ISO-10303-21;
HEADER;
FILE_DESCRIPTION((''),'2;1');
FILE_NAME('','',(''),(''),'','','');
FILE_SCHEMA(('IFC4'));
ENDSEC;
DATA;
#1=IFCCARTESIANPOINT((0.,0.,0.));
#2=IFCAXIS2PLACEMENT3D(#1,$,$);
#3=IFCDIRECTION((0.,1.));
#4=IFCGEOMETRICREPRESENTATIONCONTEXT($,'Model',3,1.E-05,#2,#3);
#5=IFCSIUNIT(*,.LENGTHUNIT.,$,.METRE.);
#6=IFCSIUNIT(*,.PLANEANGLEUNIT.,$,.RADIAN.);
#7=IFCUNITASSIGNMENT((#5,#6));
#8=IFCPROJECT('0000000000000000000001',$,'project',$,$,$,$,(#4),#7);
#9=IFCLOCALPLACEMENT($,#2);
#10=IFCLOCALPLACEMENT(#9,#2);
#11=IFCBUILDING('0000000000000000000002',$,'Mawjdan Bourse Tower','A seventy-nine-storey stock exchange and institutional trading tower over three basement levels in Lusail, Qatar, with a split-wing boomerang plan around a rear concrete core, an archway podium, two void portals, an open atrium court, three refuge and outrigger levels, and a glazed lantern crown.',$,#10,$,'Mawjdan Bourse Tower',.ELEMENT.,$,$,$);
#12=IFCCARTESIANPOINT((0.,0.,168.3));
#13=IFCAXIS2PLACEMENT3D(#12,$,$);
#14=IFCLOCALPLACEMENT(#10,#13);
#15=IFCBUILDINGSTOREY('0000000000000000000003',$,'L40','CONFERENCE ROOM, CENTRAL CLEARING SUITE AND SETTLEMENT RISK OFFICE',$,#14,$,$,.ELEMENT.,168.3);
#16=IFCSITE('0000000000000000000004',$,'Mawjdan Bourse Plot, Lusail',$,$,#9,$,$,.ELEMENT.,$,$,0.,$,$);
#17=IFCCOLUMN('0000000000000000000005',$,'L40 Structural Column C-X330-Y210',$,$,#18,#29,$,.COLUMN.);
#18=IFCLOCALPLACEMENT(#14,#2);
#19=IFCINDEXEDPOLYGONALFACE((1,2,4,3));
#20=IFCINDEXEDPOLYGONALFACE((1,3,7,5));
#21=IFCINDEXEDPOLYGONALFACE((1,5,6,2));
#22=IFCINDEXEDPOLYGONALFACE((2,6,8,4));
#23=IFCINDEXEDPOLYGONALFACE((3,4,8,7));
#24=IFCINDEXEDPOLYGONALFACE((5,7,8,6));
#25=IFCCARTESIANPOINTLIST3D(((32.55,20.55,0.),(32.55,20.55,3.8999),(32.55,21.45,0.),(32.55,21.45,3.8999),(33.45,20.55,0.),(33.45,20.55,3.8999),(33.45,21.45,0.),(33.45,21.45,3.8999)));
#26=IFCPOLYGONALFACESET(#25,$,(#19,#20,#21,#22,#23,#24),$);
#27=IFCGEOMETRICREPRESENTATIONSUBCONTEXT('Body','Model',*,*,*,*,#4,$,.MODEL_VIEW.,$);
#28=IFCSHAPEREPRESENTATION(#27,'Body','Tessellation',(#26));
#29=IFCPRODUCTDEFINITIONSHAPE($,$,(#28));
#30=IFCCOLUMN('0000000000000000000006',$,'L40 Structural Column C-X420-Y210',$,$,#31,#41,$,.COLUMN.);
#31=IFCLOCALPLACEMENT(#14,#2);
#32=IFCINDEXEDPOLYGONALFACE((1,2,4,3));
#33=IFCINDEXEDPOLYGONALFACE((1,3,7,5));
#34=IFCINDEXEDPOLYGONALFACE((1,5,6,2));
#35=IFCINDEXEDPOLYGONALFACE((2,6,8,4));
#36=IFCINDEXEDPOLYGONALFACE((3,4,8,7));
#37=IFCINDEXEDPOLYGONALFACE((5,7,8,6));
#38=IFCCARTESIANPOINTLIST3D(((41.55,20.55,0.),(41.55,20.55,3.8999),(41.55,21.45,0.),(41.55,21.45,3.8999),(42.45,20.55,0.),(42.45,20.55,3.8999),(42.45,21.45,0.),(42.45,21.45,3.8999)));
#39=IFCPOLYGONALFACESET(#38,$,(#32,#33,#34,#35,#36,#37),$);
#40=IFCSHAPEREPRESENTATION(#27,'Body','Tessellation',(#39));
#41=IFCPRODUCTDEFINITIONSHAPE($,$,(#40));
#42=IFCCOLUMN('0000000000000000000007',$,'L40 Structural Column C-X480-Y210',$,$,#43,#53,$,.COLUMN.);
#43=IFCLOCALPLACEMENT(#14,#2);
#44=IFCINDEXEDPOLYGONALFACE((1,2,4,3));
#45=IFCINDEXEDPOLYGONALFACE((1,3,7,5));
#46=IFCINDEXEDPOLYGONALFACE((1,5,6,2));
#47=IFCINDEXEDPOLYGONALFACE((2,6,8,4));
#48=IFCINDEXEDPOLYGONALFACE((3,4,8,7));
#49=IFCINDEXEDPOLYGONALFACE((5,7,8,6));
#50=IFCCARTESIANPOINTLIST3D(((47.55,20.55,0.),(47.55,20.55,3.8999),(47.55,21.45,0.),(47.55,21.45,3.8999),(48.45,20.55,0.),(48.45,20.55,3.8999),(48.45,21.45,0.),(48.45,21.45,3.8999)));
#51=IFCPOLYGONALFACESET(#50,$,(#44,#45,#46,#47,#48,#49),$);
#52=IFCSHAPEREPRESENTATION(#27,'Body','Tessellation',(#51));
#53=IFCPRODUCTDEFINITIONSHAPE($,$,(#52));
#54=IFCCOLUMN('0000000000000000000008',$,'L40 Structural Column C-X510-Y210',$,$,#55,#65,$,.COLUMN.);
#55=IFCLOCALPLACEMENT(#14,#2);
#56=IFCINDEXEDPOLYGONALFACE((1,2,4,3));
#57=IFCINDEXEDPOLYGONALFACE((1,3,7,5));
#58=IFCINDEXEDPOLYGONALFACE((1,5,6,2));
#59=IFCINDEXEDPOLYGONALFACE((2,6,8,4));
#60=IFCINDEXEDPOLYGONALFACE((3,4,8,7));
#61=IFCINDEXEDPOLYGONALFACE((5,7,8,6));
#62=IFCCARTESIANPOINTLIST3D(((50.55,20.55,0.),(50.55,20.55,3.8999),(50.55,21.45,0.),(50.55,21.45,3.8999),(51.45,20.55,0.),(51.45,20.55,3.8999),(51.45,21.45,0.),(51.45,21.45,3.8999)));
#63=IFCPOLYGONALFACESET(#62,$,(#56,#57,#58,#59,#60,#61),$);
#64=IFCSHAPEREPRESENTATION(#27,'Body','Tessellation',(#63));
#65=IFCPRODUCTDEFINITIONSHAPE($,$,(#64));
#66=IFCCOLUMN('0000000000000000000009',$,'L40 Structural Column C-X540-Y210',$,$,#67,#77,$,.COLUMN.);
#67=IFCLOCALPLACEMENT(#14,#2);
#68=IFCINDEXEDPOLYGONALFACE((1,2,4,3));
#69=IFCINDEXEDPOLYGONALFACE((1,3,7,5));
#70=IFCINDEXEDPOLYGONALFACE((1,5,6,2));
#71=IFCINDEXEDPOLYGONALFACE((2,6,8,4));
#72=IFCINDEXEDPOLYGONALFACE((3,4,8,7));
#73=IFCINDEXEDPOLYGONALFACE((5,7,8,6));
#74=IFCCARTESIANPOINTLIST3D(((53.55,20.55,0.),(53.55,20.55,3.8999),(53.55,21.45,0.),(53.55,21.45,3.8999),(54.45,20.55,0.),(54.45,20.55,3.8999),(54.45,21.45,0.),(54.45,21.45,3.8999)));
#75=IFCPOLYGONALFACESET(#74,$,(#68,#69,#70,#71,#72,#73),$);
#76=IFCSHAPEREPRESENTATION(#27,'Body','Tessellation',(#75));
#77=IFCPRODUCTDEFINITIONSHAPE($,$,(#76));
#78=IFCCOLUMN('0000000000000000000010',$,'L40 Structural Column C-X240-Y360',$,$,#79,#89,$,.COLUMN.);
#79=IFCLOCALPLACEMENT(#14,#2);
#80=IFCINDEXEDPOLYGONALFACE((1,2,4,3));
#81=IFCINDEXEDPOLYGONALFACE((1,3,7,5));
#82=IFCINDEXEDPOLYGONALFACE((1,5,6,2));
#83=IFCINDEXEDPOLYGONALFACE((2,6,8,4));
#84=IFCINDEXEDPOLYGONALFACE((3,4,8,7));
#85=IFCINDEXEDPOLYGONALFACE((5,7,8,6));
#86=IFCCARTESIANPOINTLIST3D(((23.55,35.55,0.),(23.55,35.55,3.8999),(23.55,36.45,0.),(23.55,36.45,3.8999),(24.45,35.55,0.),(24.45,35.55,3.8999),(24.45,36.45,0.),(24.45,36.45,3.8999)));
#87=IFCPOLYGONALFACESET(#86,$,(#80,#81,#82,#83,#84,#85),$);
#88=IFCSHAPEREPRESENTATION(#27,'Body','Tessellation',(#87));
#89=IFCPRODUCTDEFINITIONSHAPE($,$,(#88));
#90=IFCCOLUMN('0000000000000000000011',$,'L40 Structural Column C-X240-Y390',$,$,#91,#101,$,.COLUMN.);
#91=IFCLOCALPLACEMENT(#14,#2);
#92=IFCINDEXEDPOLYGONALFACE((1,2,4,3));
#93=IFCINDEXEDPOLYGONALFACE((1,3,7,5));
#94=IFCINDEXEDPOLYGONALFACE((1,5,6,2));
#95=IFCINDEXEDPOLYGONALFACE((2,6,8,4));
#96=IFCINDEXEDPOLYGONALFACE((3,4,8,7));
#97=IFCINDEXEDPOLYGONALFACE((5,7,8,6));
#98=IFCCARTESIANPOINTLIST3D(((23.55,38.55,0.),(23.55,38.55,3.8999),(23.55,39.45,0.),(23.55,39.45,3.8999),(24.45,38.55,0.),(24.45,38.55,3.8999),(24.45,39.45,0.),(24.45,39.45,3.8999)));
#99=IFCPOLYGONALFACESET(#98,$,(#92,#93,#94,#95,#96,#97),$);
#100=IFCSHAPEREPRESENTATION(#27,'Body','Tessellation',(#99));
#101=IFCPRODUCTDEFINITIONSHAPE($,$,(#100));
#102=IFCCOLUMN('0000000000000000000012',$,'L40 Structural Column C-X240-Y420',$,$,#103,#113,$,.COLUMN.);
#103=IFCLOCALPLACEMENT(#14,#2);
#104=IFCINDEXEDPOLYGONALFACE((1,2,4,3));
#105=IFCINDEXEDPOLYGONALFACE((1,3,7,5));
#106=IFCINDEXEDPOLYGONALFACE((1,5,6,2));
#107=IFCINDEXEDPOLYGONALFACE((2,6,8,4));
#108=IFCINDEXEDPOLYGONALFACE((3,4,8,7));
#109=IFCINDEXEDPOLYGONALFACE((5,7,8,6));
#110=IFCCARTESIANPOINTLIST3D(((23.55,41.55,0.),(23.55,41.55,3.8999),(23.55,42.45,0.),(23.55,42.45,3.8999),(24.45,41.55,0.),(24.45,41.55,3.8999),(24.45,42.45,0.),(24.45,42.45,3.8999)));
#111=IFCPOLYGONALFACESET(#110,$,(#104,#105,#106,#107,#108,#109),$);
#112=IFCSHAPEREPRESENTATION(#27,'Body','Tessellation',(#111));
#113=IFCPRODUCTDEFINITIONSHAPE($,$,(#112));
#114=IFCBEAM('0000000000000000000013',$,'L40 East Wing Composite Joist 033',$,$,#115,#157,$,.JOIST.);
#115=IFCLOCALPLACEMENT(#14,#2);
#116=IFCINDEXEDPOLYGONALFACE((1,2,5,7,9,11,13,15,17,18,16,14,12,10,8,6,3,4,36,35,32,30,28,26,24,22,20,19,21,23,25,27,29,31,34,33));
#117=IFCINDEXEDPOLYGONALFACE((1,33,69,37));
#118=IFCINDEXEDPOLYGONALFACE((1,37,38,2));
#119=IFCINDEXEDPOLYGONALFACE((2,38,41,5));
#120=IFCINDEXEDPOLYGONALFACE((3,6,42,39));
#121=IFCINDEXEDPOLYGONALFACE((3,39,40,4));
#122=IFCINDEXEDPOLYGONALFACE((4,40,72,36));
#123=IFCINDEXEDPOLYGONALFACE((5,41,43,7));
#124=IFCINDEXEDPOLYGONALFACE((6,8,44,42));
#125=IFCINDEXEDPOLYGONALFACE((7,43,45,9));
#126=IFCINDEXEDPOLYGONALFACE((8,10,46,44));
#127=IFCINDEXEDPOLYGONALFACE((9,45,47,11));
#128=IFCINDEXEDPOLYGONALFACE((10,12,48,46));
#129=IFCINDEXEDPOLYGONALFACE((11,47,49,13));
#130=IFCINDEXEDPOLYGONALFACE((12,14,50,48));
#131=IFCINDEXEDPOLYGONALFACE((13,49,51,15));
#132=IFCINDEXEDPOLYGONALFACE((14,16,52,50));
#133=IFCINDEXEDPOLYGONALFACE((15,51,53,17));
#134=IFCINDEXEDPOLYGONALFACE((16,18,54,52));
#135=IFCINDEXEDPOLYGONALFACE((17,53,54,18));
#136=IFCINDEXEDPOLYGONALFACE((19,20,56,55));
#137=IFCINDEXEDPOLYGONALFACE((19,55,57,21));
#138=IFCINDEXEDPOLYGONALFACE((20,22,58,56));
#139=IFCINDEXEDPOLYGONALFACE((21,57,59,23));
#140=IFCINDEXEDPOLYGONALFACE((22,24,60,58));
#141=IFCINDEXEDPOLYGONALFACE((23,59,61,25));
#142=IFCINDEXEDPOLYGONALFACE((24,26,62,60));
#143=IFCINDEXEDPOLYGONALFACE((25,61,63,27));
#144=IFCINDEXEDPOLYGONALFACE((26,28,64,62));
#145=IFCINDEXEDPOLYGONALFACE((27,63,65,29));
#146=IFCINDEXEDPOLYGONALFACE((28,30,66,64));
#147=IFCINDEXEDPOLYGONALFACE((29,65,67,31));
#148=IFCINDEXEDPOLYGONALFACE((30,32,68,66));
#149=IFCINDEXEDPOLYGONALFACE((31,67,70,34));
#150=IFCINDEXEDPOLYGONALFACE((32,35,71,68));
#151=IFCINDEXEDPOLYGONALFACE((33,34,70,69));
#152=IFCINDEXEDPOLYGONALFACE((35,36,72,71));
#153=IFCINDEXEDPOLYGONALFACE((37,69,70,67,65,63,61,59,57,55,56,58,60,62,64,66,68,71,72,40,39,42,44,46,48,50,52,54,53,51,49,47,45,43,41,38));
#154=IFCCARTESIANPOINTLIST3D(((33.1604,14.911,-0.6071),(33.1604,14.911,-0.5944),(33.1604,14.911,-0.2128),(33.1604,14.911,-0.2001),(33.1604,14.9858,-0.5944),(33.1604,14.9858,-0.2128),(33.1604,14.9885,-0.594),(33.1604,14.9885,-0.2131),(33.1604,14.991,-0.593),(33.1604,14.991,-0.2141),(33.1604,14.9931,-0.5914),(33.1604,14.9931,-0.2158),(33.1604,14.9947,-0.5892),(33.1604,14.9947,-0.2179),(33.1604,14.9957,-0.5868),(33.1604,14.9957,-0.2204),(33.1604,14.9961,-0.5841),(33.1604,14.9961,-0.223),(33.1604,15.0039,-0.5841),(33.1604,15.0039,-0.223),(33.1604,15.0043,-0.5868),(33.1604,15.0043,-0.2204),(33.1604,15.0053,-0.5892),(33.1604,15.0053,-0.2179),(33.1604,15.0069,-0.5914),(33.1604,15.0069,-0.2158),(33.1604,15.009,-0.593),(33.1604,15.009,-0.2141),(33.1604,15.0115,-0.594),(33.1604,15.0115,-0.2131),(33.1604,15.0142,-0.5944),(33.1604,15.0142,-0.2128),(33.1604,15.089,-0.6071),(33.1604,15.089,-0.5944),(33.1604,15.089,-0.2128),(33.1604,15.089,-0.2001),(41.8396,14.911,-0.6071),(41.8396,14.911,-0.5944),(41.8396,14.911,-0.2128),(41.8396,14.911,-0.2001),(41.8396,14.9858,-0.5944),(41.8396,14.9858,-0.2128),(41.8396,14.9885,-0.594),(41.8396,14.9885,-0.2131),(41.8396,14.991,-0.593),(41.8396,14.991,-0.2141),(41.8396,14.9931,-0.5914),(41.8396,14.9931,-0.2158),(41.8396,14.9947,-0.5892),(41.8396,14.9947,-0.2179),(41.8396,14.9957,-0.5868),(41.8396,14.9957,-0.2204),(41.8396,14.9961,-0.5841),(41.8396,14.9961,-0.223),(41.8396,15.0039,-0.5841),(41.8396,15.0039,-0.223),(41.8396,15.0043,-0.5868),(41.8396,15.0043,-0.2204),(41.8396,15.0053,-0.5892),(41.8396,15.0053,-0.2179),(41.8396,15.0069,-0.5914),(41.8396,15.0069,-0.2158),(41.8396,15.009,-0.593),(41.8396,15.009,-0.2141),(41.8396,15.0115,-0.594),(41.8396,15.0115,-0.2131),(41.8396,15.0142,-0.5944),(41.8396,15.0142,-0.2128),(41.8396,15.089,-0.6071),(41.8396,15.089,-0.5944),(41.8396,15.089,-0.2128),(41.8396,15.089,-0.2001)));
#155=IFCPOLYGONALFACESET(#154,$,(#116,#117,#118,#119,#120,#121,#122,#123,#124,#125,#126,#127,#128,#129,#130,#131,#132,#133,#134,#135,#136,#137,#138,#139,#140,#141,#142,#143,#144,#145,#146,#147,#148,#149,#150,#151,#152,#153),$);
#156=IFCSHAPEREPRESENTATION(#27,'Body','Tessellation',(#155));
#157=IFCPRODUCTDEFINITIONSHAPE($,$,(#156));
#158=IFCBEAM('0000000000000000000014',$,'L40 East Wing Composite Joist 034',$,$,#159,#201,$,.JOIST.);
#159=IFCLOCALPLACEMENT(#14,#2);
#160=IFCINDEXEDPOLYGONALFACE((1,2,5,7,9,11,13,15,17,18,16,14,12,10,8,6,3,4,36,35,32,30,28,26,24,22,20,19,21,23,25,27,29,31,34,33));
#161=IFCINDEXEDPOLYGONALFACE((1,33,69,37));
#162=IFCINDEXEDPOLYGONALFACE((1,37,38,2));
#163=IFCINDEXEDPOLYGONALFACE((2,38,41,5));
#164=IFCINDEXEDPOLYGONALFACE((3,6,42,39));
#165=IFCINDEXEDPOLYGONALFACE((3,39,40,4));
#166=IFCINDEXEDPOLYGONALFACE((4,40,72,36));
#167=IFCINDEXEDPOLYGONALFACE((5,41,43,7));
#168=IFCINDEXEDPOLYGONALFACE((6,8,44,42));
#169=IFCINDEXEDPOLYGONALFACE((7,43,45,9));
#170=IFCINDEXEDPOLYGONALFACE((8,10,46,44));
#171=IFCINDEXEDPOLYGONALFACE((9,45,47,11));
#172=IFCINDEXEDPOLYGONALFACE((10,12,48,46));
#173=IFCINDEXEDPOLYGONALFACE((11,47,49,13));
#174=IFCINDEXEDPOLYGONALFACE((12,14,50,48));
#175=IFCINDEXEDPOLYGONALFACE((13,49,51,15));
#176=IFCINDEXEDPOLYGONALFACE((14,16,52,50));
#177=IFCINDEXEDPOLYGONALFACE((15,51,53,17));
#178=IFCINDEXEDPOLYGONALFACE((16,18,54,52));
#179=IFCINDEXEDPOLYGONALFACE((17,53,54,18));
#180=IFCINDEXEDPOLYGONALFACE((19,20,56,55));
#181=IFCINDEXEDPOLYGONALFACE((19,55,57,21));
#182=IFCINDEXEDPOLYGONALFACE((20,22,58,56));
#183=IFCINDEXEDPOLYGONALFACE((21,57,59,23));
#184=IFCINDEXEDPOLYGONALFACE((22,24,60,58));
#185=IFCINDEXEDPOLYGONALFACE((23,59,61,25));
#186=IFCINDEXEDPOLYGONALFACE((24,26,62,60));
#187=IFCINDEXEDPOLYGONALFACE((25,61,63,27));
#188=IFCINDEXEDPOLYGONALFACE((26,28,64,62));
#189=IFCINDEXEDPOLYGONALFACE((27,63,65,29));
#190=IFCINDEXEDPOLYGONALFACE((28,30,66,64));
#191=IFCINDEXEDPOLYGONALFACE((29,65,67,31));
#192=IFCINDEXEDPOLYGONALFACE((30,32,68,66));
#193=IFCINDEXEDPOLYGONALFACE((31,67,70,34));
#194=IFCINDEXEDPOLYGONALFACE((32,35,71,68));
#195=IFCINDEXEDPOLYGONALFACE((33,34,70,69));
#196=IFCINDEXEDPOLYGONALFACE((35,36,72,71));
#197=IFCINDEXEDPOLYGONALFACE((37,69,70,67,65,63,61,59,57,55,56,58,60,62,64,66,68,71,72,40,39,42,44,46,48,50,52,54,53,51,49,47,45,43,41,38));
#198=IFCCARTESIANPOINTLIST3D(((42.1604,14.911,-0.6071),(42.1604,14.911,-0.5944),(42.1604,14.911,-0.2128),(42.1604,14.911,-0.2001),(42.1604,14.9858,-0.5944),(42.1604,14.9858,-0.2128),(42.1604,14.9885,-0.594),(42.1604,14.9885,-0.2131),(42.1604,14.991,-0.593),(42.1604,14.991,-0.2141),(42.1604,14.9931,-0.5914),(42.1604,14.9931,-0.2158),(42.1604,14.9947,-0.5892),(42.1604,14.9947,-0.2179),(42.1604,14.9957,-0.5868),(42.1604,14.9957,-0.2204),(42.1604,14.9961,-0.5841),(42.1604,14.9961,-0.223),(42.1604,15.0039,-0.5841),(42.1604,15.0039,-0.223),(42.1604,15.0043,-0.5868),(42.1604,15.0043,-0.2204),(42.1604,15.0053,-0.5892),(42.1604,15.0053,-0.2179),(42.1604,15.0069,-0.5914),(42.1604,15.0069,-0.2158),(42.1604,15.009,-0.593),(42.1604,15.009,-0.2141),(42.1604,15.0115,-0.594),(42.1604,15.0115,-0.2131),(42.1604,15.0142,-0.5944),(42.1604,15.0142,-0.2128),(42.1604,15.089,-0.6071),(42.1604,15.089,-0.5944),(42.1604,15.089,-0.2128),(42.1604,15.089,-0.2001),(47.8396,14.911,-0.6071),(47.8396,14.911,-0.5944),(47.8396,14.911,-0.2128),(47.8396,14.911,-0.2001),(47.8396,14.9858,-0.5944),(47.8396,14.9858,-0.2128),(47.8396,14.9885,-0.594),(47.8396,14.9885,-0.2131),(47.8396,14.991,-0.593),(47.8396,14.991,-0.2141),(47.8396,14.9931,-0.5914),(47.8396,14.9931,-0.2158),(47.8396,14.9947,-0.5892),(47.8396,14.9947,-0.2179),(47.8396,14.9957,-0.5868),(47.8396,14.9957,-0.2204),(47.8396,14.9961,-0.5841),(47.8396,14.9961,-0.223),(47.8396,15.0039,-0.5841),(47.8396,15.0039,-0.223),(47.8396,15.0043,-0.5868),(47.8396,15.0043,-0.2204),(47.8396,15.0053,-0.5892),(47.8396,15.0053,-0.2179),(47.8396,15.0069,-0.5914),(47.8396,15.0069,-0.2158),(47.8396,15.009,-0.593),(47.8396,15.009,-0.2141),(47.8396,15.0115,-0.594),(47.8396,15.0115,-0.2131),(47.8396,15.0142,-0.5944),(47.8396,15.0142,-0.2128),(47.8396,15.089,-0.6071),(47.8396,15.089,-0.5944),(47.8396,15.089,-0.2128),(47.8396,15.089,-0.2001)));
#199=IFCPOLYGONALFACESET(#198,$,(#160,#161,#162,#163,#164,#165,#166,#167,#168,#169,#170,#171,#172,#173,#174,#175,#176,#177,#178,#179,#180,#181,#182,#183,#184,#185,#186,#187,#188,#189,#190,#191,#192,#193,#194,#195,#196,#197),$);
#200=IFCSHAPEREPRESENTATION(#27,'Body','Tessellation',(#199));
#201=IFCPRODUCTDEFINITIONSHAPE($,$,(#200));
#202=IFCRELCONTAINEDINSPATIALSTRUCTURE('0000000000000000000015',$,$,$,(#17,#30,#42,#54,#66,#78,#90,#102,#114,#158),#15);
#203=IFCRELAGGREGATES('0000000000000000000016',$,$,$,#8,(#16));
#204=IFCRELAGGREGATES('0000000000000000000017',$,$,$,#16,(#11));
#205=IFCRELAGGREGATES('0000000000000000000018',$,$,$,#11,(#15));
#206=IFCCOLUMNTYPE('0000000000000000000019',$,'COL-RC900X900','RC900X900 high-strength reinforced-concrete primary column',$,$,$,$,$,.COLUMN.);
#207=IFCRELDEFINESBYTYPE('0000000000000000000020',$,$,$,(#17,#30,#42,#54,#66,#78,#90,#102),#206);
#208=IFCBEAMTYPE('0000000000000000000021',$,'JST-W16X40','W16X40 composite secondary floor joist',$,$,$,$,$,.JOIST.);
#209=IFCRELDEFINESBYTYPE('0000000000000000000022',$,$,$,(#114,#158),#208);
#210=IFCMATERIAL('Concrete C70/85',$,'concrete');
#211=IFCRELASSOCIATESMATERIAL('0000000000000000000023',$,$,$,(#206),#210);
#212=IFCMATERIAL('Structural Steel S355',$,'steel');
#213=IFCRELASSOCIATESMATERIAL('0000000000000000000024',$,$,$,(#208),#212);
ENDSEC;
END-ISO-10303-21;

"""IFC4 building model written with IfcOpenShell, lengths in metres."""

from ifc_helpers import new_model, si_unit, direction, frame, origin, origin_2d, place, context, subcontext, project, spatial, rectangle, i_section, extrude, material, material_profile, profile_set, type_object, element, save


model = new_model("IFC4")

# Units and contexts
model_context = context("Model", 3, precision=1e-05, world=origin(), true_north=direction((0.0, 1.0)))
body_context = subcontext(model_context, "Body", "Model", "MODEL_VIEW")
ifc_project = project(units=[si_unit("LENGTHUNIT", "METRE"), si_unit("PLANEANGLEUNIT", "RADIAN")], contexts=[model_context])

# Site, building, storey
site_placement = place(None, origin())
site = spatial("IfcSite", under=ifc_project, at=site_placement, Name="Mawjdan Bourse Plot, Lusail", CompositionType="ELEMENT", RefElevation=0.0)
building_placement = place(site_placement, origin())
building = spatial("IfcBuilding", under=site, at=building_placement, Name="Mawjdan Bourse Tower", Description="A seventy-nine-storey stock exchange and institutional trading tower over three basement levels in Lusail, Qatar, with a split-wing boomerang plan around a rear concrete core, an archway podium, two void portals, an open atrium court, three refuge and outrigger levels, and a glazed lantern crown.", LongName="Mawjdan Bourse Tower", CompositionType="ELEMENT")
storey_placement = place(building_placement, frame((0.0, 0.0, 168.3)))
storey = spatial("IfcBuildingStorey", under=building, at=storey_placement, Name="L40", Description="CONFERENCE ROOM, CENTRAL CLEARING SUITE AND SETTLEMENT RISK OFFICE", CompositionType="ELEMENT", Elevation=168.3)

# Columns
ifc_material_1 = material(Name="Concrete C70/85", Category="concrete")
ifc_material_profile_1 = material_profile(ifc_material_1, rectangle(XDim=0.8999, YDim=0.8999, at=origin_2d()), Name="RC900X900")
ifc_profile_set_1 = profile_set([ifc_material_profile_1], Name="Concrete C70/85")
column_type = type_object("IfcColumnType", Name="COL-RC900X900", Description="RC900X900 high-strength reinforced-concrete primary column", PredefinedType="COLUMN", material=ifc_profile_set_1)
for number, where, z_axis, x_axis, name in (
    (1, (33.0, 21.0, 0.0), (0.0, 0.0, 1.0), (1.0, 0.0, 0.0), "L40 Structural Column C-X330-Y210"),
    (2, (42.0, 21.0, 0.0), (0.0, 0.0, 1.0), (1.0, 0.0, 0.0), "L40 Structural Column C-X420-Y210"),
    (3, (48.0, 21.0, 0.0), (0.0, 0.0, 1.0), (1.0, 0.0, 0.0), "L40 Structural Column C-X480-Y210"),
    (4, (51.0, 21.0, 0.0), (0.0, 0.0, 1.0), (1.0, 0.0, 0.0), "L40 Structural Column C-X510-Y210"),
    (5, (54.0, 21.0, 0.0), (0.0, 0.0, 1.0), (1.0, 0.0, 0.0), "L40 Structural Column C-X540-Y210"),
    (6, (24.0, 36.0, 0.0), (0.0, 0.0, 1.0), (1.0, 0.0, 0.0), "L40 Structural Column C-X240-Y360"),
    (7, (24.0, 39.0, 0.0), (0.0, 0.0, 1.0), (1.0, 0.0, 0.0), "L40 Structural Column C-X240-Y390"),
    (8, (24.0, 42.0, 0.0), (0.0, 0.0, 1.0), (1.0, 0.0, 0.0), "L40 Structural Column C-X240-Y420"),
):
    element("IfcColumn", number, at=place(storey_placement, frame(where, z_axis=z_axis, x_axis=x_axis)), inside=storey, type_object=column_type, Name=name, PredefinedType="COLUMN", context=body_context, shape_type="SweptSolid", body=[
        extrude(rectangle(XDim=0.8999, YDim=0.8999, at=origin_2d()), origin(), (0.0, 0.0, 1.0), 3.8999),
    ])

# Beams
ifc_material_2 = material(Name="Structural Steel S355", Category="steel")
ifc_material_profile_2 = material_profile(ifc_material_2, i_section(OverallWidth=0.178, OverallDepth=0.407, WebThickness=0.0078, FlangeThickness=0.0127, FilletRadius=0.0103, at=origin_2d()), Name="W16X40")
ifc_profile_set_2 = profile_set([ifc_material_profile_2], Name="Structural Steel S355")
beam_type_1 = type_object("IfcBeamType", Name="JST-W16X40", Description="W16X40 composite secondary floor joist", PredefinedType="JOIST", material=ifc_profile_set_2)
beam_1_placement = place(storey_placement, frame((33.1604, 15.0, -0.4036), z_axis=(1.0, 0.0, 0.0), x_axis=(0.0, 1.0, 0.0)))
element("IfcBeam", 9, at=beam_1_placement, inside=storey, type_object=beam_type_1, Name="L40 East Wing Composite Joist 033", PredefinedType="JOIST", context=body_context, shape_type="SweptSolid", body=[
    extrude(i_section(OverallWidth=0.178, OverallDepth=0.407, WebThickness=0.0078, FlangeThickness=0.0127, FilletRadius=0.0103, at=origin_2d()), origin(), (0.0, 0.0, 1.0), 8.6792),
])
beam_2_placement = place(storey_placement, frame((42.1604, 15.0, -0.4036), z_axis=(1.0, 0.0, 0.0), x_axis=(0.0, 1.0, 0.0)))
element("IfcBeam", 10, at=beam_2_placement, inside=storey, type_object=beam_type_1, Name="L40 East Wing Composite Joist 034", PredefinedType="JOIST", context=body_context, shape_type="SweptSolid", body=[
    extrude(i_section(OverallWidth=0.178, OverallDepth=0.407, WebThickness=0.0078, FlangeThickness=0.0127, FilletRadius=0.0103, at=origin_2d()), origin(), (0.0, 0.0, 1.0), 5.6792),
])

save(model, "model.ifc")
